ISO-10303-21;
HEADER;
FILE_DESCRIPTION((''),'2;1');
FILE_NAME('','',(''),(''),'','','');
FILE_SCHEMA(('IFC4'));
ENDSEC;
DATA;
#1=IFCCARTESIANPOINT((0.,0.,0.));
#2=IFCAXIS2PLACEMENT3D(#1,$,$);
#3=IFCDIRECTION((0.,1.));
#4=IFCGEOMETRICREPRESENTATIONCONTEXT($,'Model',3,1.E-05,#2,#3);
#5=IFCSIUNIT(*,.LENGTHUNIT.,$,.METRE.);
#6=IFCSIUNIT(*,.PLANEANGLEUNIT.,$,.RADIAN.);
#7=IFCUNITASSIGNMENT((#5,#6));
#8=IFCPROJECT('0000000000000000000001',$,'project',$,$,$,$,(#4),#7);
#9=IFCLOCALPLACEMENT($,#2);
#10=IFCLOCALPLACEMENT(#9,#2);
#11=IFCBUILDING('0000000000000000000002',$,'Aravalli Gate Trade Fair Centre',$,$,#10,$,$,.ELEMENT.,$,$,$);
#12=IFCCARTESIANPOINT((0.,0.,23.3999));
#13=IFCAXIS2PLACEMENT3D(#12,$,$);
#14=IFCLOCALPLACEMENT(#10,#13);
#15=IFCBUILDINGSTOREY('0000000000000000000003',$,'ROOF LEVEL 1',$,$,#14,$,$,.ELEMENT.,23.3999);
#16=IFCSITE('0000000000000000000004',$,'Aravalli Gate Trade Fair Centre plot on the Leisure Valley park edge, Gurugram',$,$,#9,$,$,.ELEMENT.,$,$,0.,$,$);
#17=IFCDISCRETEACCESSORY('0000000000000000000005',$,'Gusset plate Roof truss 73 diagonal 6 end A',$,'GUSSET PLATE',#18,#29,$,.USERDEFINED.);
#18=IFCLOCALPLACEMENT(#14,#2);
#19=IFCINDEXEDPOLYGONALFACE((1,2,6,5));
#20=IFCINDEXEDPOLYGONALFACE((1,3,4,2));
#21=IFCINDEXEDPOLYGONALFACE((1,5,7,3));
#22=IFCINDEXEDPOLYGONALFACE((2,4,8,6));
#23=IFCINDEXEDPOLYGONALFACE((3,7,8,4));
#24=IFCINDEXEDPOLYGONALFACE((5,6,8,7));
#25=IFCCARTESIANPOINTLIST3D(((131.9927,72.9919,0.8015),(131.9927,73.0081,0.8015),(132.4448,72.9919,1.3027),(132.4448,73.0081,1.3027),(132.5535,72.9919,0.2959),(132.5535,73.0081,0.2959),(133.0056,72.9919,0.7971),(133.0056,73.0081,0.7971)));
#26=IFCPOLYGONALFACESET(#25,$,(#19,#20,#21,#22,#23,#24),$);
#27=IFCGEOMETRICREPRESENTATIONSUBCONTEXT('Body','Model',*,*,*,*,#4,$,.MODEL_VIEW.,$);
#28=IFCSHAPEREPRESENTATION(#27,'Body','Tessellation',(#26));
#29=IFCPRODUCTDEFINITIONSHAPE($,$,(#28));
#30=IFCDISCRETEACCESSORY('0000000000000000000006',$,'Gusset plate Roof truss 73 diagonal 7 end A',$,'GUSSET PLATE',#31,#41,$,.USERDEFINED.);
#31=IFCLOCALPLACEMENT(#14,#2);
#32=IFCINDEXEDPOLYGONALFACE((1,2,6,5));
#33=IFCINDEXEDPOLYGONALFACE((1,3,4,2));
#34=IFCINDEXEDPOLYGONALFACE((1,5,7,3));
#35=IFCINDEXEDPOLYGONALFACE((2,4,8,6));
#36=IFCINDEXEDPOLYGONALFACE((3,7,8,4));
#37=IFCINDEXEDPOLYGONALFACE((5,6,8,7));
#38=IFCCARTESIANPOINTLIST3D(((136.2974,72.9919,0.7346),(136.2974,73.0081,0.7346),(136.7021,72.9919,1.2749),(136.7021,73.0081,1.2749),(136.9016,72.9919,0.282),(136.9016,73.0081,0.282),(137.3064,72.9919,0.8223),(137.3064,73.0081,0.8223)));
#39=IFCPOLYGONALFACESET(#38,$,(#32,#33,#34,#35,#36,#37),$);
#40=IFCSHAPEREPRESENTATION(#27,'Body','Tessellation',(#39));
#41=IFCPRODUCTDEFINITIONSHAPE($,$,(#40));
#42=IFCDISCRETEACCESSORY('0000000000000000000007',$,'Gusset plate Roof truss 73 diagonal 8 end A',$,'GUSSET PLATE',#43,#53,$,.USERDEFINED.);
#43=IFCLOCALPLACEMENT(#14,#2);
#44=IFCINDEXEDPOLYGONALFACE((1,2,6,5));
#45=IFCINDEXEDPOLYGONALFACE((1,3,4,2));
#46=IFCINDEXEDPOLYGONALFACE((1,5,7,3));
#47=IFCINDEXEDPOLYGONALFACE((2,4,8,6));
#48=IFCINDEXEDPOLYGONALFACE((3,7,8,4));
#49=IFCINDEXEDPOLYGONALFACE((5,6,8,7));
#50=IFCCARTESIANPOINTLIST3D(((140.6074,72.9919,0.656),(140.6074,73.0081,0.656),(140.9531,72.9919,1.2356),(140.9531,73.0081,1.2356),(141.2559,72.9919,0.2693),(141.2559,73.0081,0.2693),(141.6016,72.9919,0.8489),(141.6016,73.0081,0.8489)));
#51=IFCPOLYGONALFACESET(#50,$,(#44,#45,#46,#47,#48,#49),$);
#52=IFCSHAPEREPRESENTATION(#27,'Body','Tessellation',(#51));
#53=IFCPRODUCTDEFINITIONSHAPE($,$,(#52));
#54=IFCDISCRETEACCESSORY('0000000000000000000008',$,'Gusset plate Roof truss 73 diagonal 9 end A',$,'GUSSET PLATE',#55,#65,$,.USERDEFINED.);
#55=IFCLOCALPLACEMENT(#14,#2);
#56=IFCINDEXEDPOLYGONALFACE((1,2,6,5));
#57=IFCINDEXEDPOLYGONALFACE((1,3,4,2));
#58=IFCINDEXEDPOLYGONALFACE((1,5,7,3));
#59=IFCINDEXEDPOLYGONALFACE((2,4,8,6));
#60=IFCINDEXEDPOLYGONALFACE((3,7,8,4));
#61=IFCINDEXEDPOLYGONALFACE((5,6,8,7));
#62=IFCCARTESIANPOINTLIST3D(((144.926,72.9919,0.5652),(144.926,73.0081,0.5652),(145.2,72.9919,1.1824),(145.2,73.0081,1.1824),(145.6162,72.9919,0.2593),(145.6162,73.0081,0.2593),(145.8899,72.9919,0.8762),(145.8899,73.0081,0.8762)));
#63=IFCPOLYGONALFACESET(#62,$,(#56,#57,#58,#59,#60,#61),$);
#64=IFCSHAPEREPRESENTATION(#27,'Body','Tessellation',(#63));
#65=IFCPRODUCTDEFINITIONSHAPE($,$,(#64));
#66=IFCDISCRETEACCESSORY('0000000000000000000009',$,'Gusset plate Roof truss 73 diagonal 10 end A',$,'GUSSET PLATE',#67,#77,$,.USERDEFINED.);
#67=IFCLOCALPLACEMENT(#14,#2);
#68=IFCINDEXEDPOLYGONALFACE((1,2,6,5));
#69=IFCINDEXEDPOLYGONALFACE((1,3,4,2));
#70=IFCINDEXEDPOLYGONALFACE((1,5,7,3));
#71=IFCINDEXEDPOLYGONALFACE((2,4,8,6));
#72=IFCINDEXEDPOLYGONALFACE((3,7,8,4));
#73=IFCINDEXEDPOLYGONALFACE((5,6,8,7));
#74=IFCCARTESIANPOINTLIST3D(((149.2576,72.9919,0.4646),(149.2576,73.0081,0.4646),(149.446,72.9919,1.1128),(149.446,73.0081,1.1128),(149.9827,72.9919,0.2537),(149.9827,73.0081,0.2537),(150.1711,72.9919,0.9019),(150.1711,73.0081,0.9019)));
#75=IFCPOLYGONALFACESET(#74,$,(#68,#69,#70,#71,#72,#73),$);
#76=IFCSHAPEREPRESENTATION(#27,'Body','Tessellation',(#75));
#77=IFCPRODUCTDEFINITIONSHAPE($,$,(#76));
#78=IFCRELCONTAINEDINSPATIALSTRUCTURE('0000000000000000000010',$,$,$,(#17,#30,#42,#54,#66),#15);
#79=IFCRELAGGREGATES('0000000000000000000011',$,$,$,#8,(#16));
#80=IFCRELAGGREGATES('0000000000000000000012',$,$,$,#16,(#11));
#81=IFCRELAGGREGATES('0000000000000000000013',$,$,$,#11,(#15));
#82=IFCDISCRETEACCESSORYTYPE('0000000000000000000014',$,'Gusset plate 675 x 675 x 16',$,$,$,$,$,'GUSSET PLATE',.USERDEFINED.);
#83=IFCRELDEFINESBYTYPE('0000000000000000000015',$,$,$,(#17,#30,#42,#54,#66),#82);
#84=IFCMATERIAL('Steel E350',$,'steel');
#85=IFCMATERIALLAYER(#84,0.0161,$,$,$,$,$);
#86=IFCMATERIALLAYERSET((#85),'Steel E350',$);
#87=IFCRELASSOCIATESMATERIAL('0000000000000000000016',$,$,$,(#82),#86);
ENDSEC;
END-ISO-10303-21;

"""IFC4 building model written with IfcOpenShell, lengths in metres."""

from ifc_helpers import new_model, si_unit, direction, frame, origin, place, context, subcontext, project, spatial, polyline, outline, extrude, material, layer, layer_set, type_object, element, save


model = new_model("IFC4")

# Units and contexts
model_context = context("Model", 3, precision=1e-05, world=origin(), true_north=direction((0.0, 1.0)))
body_context = subcontext(model_context, "Body", "Model", "MODEL_VIEW")
ifc_project = project(units=[si_unit("LENGTHUNIT", "METRE"), si_unit("PLANEANGLEUNIT", "RADIAN")], contexts=[model_context])

# Site, building, storey
site_placement = place(None, origin())
site = spatial("IfcSite", under=ifc_project, at=site_placement, Name="Aravalli Gate Trade Fair Centre plot on the Leisure Valley park edge, Gurugram", CompositionType="ELEMENT", RefElevation=0.0)
building_placement = place(site_placement, origin())
building = spatial("IfcBuilding", under=site, at=building_placement, Name="Aravalli Gate Trade Fair Centre", CompositionType="ELEMENT")
storey_placement = place(building_placement, frame((0.0, 0.0, 23.3999)))
storey = spatial("IfcBuildingStorey", under=building, at=storey_placement, Name="ROOF LEVEL 1", CompositionType="ELEMENT", Elevation=23.3999)

# Shared definitions
ifc_material_1 = material(Name="Steel E350", Category="steel")

# Discrete accessories
ifc_layer_1 = layer(ifc_material_1, 0.0161)
ifc_layer_set_1 = layer_set([ifc_layer_1], Name="Steel E350")
discrete_accessory_type_1 = type_object("IfcDiscreteAccessoryType", Name="Gusset plate 675 x 675 x 16", ElementType="GUSSET PLATE", PredefinedType="USERDEFINED", material=ifc_layer_set_1)
discrete_accessory_1_placement = place(storey_placement, frame((131.9927, 72.9919, 0.8015), z_axis=(0.0, -1.0, 0.0), x_axis=(0.742699, 0.0, -0.669625)))
element("IfcDiscreteAccessory", 1, at=discrete_accessory_1_placement, inside=storey, type_object=discrete_accessory_type_1, Name="Gusset plate Roof truss 73 diagonal 6 end A", ObjectType="GUSSET PLATE", PredefinedType="USERDEFINED", context=body_context, shape_type="SweptSolid", body=[
    extrude(outline(polyline([(0.0, 0.0), (0.7551, 0.0), (0.7553, 0.675), (0.0002, 0.675), (0.0, 0.0)])), origin(), (0.0, 0.0, -1.0), 0.0161),
])
discrete_accessory_2_placement = place(storey_placement, frame((136.2974, 72.9919, 0.7346), z_axis=(0.0, -1.0, 0.0), x_axis=(0.800349, 0.0, -0.599534)))
element("IfcDiscreteAccessory", 2, at=discrete_accessory_2_placement, inside=storey, type_object=discrete_accessory_type_1, Name="Gusset plate Roof truss 73 diagonal 7 end A", ObjectType="GUSSET PLATE", PredefinedType="USERDEFINED", context=body_context, shape_type="SweptSolid", body=[
    extrude(outline(polyline([(0.0, 0.0), (0.755, 0.0), (0.755, 0.6751), (0.0001, 0.6751), (0.0, 0.0)])), origin(), (0.0, 0.0, -1.0), 0.0161),
])
discrete_accessory_3_placement = place(storey_placement, frame((140.6074, 72.9919, 0.656), z_axis=(0.0, -1.0, 0.0), x_axis=(0.858859, 0.0, -0.512211)))
element("IfcDiscreteAccessory", 3, at=discrete_accessory_3_placement, inside=storey, type_object=discrete_accessory_type_1, Name="Gusset plate Roof truss 73 diagonal 8 end A", ObjectType="GUSSET PLATE", PredefinedType="USERDEFINED", context=body_context, shape_type="SweptSolid", body=[
    extrude(outline(polyline([(0.0, 0.0), (0.755, 0.0), (0.755, 0.6749), (0.0, 0.6749), (0.0, 0.0)])), origin(), (0.0, 0.0, -1.0), 0.0161),
])
discrete_accessory_4_placement = place(storey_placement, frame((144.926, 72.9919, 0.5652), z_axis=(0.0, -1.0, 0.0), x_axis=(0.914224, 0.0, -0.405208)))
element("IfcDiscreteAccessory", 4, at=discrete_accessory_4_placement, inside=storey, type_object=discrete_accessory_type_1, Name="Gusset plate Roof truss 73 diagonal 9 end A", ObjectType="GUSSET PLATE", PredefinedType="USERDEFINED", context=body_context, shape_type="SweptSolid", body=[
    extrude(outline(polyline([(0.0, 0.0), (0.7549, 0.0), (0.7552, 0.6749), (0.0003, 0.6752), (0.0, 0.0)])), origin(), (0.0, 0.0, -1.0), 0.0161),
])
discrete_accessory_5_placement = place(storey_placement, frame((149.2576, 72.9919, 0.4646), z_axis=(0.0, -1.0, 0.0), x_axis=(0.960195, 0.0, -0.27933)))
element("IfcDiscreteAccessory", 5, at=discrete_accessory_5_placement, inside=storey, type_object=discrete_accessory_type_1, Name="Gusset plate Roof truss 73 diagonal 10 end A", ObjectType="GUSSET PLATE", PredefinedType="USERDEFINED", context=body_context, shape_type="SweptSolid", body=[
    extrude(outline(polyline([(0.0, 0.0), (0.7552, 0.0), (0.7551, 0.675), (-0.0001, 0.675), (0.0, 0.0)])), origin(), (0.0, 0.0, -1.0), 0.0161),
])

save(model, "model.ifc")
